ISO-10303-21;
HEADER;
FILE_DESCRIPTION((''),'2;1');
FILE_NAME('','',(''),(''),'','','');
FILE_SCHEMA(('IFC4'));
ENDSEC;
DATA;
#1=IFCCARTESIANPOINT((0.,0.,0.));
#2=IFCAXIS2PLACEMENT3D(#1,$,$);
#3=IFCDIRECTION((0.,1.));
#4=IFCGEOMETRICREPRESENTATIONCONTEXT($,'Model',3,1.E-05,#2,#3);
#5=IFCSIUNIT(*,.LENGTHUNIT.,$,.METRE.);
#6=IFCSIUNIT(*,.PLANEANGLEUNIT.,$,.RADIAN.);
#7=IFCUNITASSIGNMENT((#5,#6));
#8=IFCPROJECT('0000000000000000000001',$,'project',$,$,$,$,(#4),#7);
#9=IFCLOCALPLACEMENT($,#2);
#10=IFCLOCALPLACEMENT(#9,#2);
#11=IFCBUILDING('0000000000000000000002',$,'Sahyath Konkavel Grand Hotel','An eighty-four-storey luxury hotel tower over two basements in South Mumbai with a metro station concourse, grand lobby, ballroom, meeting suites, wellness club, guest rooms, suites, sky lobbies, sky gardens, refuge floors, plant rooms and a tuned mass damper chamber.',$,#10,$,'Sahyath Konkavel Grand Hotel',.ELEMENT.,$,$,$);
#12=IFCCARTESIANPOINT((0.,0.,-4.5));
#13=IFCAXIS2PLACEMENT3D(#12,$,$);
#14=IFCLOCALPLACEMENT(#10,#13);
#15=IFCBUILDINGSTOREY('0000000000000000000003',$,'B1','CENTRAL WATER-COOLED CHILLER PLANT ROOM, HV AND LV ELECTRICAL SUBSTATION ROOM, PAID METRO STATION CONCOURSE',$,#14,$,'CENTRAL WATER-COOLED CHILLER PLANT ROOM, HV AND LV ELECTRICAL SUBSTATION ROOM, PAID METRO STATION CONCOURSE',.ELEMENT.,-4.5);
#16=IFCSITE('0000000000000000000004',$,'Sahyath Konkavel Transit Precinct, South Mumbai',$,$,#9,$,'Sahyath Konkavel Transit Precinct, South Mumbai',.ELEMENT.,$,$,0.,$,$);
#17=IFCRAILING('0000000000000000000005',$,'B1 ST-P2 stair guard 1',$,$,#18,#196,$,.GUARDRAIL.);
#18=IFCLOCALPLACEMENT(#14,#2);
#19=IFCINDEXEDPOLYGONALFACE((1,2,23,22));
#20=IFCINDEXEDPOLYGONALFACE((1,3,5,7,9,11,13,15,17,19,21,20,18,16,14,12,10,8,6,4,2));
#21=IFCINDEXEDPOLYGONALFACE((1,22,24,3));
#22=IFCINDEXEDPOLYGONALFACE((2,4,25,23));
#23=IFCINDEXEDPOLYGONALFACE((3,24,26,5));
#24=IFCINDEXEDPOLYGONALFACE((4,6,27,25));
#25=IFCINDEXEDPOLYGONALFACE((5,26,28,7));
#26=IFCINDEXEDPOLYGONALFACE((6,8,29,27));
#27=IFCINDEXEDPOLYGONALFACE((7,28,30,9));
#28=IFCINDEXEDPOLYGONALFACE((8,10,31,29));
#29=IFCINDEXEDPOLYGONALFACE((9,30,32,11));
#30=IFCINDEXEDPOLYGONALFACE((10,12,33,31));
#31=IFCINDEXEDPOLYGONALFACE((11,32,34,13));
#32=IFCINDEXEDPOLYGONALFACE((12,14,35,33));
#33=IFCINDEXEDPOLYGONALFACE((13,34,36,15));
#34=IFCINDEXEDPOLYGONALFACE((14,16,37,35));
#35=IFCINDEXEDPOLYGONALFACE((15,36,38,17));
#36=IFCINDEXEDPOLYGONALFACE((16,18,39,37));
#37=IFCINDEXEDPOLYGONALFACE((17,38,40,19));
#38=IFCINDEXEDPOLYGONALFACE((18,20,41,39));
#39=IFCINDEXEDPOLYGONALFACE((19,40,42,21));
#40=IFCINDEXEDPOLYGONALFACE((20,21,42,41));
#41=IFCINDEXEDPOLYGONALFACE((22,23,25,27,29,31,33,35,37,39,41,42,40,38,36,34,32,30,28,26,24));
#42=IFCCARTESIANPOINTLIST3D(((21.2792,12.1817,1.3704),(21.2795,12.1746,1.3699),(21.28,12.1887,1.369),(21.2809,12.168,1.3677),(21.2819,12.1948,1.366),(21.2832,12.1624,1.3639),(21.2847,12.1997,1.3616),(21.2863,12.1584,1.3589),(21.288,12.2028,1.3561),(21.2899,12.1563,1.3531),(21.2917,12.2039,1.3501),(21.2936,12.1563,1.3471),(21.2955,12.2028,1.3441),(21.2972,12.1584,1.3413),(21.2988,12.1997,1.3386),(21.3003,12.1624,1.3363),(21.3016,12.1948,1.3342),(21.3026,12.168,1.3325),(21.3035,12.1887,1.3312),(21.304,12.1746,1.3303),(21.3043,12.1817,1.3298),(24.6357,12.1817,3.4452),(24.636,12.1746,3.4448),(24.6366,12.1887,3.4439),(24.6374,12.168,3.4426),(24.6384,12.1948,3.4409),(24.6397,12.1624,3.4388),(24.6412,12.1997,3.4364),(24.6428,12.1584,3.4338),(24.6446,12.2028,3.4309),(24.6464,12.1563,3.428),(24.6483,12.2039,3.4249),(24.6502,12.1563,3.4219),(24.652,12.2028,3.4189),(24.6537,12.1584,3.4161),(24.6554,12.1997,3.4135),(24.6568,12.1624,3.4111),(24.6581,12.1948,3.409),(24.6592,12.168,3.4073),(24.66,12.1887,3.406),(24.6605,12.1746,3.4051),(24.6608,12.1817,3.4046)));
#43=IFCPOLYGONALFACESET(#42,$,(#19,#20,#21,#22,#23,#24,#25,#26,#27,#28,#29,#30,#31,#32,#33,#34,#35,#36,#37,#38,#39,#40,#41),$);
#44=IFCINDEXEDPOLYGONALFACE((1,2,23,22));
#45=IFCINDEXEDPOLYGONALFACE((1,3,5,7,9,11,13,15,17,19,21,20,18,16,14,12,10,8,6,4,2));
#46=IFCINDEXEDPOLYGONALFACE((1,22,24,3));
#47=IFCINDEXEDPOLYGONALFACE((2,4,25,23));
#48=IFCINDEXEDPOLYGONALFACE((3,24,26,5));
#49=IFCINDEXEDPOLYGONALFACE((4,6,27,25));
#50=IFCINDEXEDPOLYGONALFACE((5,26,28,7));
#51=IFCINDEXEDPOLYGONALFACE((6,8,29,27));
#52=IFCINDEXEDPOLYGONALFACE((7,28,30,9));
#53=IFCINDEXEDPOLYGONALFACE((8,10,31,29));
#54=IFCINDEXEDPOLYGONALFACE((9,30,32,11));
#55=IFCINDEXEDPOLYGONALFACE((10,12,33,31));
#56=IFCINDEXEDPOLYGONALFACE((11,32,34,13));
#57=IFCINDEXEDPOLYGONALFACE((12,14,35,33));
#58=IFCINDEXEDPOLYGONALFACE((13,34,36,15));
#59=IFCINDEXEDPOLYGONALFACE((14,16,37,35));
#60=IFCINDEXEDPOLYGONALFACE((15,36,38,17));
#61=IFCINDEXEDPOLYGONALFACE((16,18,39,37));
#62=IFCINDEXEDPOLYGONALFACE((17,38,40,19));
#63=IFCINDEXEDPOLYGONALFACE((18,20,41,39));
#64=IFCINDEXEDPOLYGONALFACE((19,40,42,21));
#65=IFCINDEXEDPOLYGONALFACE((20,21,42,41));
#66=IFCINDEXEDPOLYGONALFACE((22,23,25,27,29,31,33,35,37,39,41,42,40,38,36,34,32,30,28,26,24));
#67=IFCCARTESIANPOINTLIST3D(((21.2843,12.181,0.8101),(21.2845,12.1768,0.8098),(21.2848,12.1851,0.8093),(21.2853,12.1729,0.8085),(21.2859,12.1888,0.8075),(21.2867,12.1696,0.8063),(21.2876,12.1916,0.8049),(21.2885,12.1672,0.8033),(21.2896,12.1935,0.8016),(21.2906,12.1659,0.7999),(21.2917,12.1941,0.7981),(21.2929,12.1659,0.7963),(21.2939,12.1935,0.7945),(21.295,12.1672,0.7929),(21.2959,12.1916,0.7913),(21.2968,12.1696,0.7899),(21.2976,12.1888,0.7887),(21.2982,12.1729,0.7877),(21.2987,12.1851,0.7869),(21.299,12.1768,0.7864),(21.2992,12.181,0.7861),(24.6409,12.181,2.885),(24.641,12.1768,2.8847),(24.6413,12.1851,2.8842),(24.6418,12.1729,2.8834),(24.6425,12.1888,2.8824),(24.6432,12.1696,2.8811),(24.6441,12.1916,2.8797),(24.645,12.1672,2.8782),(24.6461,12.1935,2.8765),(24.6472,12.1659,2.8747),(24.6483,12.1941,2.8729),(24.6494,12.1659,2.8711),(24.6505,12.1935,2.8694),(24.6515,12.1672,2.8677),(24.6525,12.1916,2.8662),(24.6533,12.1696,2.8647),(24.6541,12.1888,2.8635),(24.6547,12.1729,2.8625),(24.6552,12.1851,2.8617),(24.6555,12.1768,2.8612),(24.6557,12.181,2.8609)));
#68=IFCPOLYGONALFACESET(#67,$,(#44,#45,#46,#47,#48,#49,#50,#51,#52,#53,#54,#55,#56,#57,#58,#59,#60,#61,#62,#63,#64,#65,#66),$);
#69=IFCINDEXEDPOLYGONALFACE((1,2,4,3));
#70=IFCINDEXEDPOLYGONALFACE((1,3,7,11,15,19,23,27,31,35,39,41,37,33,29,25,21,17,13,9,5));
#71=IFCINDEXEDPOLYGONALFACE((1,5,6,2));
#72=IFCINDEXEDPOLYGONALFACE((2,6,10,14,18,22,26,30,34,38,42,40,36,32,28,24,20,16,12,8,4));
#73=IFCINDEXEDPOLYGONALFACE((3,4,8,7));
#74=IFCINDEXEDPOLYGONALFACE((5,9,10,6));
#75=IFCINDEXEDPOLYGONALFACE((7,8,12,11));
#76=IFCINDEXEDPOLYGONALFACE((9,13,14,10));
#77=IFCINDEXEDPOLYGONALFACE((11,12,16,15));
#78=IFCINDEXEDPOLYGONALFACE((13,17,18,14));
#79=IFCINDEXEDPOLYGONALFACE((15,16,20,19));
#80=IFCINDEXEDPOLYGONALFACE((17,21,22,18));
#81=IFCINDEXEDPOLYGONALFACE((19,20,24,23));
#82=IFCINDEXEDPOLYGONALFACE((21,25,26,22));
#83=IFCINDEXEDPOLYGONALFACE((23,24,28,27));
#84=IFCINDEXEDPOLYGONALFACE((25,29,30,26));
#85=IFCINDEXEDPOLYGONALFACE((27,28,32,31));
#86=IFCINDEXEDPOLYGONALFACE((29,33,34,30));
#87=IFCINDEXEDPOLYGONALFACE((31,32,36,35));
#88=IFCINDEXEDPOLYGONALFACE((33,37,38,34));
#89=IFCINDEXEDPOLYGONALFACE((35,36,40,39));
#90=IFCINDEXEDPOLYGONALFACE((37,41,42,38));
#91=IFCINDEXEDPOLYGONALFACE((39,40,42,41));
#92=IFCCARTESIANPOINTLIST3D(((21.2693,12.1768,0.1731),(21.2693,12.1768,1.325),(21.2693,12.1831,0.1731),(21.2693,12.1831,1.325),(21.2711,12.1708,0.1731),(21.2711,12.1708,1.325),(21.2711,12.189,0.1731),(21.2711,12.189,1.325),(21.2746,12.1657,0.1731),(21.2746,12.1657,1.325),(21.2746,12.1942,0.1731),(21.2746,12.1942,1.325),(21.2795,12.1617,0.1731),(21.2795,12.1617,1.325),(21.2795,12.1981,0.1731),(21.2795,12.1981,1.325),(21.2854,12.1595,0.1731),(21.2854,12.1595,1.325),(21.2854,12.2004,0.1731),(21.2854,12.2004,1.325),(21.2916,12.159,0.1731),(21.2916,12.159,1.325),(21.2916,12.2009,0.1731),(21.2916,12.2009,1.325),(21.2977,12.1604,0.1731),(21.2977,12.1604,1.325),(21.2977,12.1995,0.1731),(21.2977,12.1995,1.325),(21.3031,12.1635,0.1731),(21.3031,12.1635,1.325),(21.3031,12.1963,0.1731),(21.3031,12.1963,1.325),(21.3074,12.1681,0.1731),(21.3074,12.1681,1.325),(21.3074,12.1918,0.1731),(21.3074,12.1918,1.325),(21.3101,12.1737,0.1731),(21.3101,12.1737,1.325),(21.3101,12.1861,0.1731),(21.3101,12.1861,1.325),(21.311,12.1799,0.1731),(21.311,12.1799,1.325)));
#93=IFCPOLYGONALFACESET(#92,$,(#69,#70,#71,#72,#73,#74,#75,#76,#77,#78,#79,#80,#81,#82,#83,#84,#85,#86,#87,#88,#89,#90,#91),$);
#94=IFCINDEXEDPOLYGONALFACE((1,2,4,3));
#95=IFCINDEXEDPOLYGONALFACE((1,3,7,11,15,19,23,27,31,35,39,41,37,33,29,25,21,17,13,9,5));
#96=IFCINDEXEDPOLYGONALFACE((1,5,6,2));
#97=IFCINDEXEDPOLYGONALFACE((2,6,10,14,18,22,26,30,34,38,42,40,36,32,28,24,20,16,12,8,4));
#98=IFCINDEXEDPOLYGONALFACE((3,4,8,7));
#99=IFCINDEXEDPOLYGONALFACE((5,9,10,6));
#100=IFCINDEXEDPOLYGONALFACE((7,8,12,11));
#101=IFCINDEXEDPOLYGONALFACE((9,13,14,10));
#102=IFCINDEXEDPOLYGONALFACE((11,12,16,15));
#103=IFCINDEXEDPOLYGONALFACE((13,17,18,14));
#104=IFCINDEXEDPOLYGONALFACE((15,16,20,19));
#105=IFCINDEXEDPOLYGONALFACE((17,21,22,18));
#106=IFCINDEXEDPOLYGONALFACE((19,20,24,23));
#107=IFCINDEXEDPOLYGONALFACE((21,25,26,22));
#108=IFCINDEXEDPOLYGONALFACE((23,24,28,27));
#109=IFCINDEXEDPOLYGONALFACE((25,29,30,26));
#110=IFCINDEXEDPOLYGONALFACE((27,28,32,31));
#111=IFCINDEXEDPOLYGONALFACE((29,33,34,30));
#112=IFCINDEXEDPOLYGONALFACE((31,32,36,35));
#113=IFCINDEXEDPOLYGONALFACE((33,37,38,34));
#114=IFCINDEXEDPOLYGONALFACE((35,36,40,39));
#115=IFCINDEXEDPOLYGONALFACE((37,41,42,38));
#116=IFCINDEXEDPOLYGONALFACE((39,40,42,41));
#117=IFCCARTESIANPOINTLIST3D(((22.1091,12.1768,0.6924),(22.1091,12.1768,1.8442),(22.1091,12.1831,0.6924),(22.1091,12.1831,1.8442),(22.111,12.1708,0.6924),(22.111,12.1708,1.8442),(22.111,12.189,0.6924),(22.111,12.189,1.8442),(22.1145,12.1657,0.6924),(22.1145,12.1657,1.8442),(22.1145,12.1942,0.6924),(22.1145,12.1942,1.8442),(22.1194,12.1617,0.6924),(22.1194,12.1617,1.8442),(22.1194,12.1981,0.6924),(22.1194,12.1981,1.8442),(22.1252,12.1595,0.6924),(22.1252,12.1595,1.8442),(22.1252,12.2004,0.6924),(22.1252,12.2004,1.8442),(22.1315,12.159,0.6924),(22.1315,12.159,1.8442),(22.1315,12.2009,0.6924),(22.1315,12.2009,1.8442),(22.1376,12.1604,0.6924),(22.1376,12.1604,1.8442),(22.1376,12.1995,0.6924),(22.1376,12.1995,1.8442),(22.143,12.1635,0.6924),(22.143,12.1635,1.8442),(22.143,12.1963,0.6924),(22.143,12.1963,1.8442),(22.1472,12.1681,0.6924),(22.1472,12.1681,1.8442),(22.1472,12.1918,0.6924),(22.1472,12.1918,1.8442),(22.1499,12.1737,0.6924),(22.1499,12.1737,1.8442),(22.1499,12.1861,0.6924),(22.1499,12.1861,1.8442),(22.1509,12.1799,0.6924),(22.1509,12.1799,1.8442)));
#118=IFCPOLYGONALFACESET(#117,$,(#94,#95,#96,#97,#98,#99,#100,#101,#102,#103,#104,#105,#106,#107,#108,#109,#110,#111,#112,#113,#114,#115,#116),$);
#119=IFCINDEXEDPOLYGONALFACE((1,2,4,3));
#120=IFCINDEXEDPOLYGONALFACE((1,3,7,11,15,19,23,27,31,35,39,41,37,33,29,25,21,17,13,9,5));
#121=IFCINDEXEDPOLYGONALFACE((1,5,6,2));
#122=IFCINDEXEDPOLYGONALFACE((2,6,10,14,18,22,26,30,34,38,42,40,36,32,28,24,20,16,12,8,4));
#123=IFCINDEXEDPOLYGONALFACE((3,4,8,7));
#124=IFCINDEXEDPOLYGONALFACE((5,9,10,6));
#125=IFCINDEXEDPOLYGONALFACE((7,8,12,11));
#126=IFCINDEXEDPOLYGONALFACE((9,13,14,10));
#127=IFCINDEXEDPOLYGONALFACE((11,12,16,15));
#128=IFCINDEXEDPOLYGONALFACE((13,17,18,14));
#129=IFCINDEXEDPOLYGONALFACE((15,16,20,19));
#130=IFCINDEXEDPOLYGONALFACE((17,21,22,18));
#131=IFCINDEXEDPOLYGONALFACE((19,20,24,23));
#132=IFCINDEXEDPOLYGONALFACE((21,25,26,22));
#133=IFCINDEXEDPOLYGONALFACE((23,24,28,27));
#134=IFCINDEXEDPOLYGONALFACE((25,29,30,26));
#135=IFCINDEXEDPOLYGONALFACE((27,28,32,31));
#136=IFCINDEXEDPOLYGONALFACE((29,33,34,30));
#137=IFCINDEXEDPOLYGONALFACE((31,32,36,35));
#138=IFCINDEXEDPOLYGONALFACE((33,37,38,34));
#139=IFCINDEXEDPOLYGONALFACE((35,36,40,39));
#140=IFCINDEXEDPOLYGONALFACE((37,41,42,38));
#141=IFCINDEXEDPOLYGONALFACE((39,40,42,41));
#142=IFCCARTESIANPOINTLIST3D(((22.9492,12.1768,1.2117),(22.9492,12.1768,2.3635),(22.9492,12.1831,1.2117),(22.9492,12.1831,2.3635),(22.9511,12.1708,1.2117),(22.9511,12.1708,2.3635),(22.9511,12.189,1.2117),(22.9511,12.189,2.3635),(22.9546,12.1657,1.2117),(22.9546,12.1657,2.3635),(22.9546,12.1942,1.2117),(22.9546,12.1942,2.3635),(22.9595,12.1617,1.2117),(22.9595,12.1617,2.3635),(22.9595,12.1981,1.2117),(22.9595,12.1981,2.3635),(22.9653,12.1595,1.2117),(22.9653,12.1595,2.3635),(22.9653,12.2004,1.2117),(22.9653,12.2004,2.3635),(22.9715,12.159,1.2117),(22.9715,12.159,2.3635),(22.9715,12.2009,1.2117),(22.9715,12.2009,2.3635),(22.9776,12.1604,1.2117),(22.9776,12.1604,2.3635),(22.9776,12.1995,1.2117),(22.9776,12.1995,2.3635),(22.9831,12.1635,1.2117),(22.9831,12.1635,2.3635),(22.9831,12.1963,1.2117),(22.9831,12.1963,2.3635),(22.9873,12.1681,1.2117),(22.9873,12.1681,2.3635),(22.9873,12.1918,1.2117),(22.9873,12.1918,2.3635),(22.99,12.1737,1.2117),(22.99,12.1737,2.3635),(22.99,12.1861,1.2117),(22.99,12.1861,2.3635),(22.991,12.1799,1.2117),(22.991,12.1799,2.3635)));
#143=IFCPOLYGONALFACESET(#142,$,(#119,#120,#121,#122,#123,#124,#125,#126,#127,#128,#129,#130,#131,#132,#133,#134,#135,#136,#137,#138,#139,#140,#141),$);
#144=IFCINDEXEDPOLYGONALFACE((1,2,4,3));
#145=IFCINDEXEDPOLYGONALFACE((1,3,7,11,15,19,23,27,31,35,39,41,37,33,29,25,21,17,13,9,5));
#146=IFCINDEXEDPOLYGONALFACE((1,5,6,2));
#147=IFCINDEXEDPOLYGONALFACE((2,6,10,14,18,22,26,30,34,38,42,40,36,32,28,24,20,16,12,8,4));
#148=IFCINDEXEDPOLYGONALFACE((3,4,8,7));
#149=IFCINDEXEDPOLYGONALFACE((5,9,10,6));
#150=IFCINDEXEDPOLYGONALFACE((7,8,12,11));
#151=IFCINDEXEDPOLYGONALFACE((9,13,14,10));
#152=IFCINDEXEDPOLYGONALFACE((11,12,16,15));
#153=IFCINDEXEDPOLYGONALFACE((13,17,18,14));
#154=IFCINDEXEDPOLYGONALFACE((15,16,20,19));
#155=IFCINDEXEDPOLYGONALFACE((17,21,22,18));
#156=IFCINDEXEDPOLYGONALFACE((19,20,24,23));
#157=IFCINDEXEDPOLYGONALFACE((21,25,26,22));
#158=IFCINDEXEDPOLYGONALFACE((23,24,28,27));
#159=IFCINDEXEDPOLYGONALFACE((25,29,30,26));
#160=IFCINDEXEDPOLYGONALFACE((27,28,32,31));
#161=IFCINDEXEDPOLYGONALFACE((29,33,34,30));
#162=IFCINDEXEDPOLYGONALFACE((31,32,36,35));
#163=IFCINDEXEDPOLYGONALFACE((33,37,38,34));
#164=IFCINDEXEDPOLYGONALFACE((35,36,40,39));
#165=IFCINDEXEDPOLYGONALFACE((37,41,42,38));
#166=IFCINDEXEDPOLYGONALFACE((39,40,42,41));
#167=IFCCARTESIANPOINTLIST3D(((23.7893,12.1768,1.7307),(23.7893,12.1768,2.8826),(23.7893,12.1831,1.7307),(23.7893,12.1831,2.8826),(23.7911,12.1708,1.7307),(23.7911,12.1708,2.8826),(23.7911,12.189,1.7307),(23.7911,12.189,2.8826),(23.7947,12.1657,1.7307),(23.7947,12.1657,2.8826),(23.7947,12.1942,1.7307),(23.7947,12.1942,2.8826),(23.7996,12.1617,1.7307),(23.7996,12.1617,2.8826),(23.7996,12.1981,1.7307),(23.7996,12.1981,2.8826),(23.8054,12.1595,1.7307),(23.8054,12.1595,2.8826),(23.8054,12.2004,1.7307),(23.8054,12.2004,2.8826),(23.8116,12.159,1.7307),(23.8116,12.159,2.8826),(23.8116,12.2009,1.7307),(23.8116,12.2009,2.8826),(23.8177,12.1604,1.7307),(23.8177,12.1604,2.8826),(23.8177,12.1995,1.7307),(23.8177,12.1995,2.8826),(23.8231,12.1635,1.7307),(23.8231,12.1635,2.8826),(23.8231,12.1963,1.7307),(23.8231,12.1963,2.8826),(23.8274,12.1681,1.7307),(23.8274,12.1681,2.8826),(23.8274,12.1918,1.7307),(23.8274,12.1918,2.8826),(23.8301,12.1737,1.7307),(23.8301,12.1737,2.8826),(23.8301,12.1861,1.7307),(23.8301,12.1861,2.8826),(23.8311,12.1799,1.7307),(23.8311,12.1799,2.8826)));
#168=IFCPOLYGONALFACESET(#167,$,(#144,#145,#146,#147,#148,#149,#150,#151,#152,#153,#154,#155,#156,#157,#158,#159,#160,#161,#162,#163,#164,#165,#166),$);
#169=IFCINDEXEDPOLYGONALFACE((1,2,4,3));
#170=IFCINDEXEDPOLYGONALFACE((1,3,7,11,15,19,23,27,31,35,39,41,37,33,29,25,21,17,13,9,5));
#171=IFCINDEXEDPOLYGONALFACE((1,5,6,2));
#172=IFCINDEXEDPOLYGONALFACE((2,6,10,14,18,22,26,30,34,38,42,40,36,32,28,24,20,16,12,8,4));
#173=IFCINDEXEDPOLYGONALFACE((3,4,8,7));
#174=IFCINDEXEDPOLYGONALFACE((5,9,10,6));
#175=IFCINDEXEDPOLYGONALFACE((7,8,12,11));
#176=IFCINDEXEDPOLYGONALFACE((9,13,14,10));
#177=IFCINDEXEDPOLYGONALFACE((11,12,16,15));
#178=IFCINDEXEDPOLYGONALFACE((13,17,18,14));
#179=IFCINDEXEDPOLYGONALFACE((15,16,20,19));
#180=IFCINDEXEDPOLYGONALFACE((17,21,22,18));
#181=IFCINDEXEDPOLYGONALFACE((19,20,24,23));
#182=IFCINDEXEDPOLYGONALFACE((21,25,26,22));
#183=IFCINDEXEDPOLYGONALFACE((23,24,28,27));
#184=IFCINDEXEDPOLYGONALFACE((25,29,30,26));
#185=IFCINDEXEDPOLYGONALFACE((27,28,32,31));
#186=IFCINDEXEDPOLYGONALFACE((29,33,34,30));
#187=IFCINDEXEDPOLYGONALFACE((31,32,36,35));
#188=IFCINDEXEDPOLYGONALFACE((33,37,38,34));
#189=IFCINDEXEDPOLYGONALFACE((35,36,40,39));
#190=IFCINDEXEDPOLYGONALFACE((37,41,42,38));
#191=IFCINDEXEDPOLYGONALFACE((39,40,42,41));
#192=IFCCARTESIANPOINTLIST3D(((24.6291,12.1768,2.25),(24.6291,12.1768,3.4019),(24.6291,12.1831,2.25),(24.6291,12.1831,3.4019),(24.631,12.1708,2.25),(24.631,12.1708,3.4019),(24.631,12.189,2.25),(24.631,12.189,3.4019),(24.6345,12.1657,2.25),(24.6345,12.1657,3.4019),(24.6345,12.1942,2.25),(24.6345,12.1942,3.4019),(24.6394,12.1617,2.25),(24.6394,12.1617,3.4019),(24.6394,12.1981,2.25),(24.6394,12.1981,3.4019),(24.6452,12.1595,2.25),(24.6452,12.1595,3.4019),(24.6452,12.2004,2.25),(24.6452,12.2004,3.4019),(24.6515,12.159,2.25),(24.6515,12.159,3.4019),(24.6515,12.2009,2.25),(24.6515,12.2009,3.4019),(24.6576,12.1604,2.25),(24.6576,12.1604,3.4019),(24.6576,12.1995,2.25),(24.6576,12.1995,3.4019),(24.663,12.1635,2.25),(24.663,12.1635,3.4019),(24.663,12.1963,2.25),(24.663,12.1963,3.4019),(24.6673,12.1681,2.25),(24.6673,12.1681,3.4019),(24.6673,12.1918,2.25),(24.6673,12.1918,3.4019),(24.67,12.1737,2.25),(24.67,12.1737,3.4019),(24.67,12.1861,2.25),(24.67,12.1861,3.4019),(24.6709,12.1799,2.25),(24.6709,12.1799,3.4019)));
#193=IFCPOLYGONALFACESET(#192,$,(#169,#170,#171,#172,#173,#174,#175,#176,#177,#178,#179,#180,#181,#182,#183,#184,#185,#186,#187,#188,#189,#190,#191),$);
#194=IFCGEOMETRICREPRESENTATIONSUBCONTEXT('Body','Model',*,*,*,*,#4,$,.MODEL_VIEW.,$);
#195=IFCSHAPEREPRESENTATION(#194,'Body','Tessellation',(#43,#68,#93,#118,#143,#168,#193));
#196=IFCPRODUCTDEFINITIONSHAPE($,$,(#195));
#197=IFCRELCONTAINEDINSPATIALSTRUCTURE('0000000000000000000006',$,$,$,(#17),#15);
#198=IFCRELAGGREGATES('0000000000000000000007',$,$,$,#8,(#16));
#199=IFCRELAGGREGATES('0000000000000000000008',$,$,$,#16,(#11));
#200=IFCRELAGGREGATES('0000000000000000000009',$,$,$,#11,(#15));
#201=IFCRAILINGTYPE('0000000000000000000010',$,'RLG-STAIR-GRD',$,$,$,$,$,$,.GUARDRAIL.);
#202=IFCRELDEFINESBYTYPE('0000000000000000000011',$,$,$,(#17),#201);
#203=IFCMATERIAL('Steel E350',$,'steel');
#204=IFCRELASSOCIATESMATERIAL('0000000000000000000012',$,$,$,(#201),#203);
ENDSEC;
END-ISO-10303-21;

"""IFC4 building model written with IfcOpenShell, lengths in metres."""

from ifc_helpers import new_model, si_unit, direction, frame, origin, origin_2d, place, context, subcontext, project, spatial, circle, extrude, material, type_object, element, save


model = new_model("IFC4")

# Units and contexts
model_context = context("Model", 3, precision=1e-05, world=origin(), true_north=direction((0.0, 1.0)))
body_context = subcontext(model_context, "Body", "Model", "MODEL_VIEW")
ifc_project = project(units=[si_unit("LENGTHUNIT", "METRE"), si_unit("PLANEANGLEUNIT", "RADIAN")], contexts=[model_context])

# Site, building, storey
site_placement = place(None, origin())
site = spatial("IfcSite", under=ifc_project, at=site_placement, Name="Sahyath Konkavel Transit Precinct, South Mumbai", LongName="Sahyath Konkavel Transit Precinct, South Mumbai", CompositionType="ELEMENT", RefElevation=0.0)
building_placement = place(site_placement, origin())
building = spatial("IfcBuilding", under=site, at=building_placement, Name="Sahyath Konkavel Grand Hotel", Description="An eighty-four-storey luxury hotel tower over two basements in South Mumbai with a metro station concourse, grand lobby, ballroom, meeting suites, wellness club, guest rooms, suites, sky lobbies, sky gardens, refuge floors, plant rooms and a tuned mass damper chamber.", LongName="Sahyath Konkavel Grand Hotel", CompositionType="ELEMENT")
storey_placement = place(building_placement, frame((0.0, 0.0, -4.5)))
storey = spatial("IfcBuildingStorey", under=building, at=storey_placement, Name="B1", Description="CENTRAL WATER-COOLED CHILLER PLANT ROOM, HV AND LV ELECTRICAL SUBSTATION ROOM, PAID METRO STATION CONCOURSE", LongName="CENTRAL WATER-COOLED CHILLER PLANT ROOM, HV AND LV ELECTRICAL SUBSTATION ROOM, PAID METRO STATION CONCOURSE", CompositionType="ELEMENT", Elevation=-4.5)

# Shared definitions
ifc_material_1 = material(Name="Steel E350", Category="steel")

# Railing
railing_type_1 = type_object("IfcRailingType", Name="RLG-STAIR-GRD", PredefinedType="GUARDRAIL", material=ifc_material_1)
railing_1_placement = place(storey_placement, frame((21.29, 12.1799, 0.1731)))
element("IfcRailing", 1, at=railing_1_placement, inside=storey, type_object=railing_type_1, Name="B1 ST-P2 stair guard 1", PredefinedType="GUARDRAIL", context=body_context, shape_type="SweptSolid", body=[
    extrude(circle(Radius=0.0239, at=origin_2d()), frame((0.0017, 0.0, 1.177), z_axis=(0.850606, 0.0, 0.525803), x_axis=(0.0, 1.0, 0.0)), (0.0, 0.0, 1.0), 3.946),
    extrude(circle(Radius=0.0142, at=origin_2d()), frame((0.0017, 0.0, 0.625), z_axis=(0.850606, 0.0, 0.525803), x_axis=(0.0, 1.0, 0.0)), (0.0, 0.0, 1.0), 3.946),
    extrude(circle(Radius=0.021, at=origin_2d()), origin(), (0.0, 0.0, 1.0), 1.1519),
    extrude(circle(Radius=0.021, at=origin_2d()), frame((0.8398, 0.0, 0.5193)), (0.0, 0.0, 1.0), 1.1519),
    extrude(circle(Radius=0.021, at=origin_2d()), frame((1.6799, 0.0, 1.0386)), (0.0, 0.0, 1.0), 1.1519),
    extrude(circle(Radius=0.021, at=origin_2d()), frame((2.52, 0.0, 1.5576)), (0.0, 0.0, 1.0), 1.1519),
    extrude(circle(Radius=0.021, at=origin_2d()), frame((3.3599, 0.0, 2.0769)), (0.0, 0.0, 1.0), 1.1519),
])

save(model, "model.ifc")
